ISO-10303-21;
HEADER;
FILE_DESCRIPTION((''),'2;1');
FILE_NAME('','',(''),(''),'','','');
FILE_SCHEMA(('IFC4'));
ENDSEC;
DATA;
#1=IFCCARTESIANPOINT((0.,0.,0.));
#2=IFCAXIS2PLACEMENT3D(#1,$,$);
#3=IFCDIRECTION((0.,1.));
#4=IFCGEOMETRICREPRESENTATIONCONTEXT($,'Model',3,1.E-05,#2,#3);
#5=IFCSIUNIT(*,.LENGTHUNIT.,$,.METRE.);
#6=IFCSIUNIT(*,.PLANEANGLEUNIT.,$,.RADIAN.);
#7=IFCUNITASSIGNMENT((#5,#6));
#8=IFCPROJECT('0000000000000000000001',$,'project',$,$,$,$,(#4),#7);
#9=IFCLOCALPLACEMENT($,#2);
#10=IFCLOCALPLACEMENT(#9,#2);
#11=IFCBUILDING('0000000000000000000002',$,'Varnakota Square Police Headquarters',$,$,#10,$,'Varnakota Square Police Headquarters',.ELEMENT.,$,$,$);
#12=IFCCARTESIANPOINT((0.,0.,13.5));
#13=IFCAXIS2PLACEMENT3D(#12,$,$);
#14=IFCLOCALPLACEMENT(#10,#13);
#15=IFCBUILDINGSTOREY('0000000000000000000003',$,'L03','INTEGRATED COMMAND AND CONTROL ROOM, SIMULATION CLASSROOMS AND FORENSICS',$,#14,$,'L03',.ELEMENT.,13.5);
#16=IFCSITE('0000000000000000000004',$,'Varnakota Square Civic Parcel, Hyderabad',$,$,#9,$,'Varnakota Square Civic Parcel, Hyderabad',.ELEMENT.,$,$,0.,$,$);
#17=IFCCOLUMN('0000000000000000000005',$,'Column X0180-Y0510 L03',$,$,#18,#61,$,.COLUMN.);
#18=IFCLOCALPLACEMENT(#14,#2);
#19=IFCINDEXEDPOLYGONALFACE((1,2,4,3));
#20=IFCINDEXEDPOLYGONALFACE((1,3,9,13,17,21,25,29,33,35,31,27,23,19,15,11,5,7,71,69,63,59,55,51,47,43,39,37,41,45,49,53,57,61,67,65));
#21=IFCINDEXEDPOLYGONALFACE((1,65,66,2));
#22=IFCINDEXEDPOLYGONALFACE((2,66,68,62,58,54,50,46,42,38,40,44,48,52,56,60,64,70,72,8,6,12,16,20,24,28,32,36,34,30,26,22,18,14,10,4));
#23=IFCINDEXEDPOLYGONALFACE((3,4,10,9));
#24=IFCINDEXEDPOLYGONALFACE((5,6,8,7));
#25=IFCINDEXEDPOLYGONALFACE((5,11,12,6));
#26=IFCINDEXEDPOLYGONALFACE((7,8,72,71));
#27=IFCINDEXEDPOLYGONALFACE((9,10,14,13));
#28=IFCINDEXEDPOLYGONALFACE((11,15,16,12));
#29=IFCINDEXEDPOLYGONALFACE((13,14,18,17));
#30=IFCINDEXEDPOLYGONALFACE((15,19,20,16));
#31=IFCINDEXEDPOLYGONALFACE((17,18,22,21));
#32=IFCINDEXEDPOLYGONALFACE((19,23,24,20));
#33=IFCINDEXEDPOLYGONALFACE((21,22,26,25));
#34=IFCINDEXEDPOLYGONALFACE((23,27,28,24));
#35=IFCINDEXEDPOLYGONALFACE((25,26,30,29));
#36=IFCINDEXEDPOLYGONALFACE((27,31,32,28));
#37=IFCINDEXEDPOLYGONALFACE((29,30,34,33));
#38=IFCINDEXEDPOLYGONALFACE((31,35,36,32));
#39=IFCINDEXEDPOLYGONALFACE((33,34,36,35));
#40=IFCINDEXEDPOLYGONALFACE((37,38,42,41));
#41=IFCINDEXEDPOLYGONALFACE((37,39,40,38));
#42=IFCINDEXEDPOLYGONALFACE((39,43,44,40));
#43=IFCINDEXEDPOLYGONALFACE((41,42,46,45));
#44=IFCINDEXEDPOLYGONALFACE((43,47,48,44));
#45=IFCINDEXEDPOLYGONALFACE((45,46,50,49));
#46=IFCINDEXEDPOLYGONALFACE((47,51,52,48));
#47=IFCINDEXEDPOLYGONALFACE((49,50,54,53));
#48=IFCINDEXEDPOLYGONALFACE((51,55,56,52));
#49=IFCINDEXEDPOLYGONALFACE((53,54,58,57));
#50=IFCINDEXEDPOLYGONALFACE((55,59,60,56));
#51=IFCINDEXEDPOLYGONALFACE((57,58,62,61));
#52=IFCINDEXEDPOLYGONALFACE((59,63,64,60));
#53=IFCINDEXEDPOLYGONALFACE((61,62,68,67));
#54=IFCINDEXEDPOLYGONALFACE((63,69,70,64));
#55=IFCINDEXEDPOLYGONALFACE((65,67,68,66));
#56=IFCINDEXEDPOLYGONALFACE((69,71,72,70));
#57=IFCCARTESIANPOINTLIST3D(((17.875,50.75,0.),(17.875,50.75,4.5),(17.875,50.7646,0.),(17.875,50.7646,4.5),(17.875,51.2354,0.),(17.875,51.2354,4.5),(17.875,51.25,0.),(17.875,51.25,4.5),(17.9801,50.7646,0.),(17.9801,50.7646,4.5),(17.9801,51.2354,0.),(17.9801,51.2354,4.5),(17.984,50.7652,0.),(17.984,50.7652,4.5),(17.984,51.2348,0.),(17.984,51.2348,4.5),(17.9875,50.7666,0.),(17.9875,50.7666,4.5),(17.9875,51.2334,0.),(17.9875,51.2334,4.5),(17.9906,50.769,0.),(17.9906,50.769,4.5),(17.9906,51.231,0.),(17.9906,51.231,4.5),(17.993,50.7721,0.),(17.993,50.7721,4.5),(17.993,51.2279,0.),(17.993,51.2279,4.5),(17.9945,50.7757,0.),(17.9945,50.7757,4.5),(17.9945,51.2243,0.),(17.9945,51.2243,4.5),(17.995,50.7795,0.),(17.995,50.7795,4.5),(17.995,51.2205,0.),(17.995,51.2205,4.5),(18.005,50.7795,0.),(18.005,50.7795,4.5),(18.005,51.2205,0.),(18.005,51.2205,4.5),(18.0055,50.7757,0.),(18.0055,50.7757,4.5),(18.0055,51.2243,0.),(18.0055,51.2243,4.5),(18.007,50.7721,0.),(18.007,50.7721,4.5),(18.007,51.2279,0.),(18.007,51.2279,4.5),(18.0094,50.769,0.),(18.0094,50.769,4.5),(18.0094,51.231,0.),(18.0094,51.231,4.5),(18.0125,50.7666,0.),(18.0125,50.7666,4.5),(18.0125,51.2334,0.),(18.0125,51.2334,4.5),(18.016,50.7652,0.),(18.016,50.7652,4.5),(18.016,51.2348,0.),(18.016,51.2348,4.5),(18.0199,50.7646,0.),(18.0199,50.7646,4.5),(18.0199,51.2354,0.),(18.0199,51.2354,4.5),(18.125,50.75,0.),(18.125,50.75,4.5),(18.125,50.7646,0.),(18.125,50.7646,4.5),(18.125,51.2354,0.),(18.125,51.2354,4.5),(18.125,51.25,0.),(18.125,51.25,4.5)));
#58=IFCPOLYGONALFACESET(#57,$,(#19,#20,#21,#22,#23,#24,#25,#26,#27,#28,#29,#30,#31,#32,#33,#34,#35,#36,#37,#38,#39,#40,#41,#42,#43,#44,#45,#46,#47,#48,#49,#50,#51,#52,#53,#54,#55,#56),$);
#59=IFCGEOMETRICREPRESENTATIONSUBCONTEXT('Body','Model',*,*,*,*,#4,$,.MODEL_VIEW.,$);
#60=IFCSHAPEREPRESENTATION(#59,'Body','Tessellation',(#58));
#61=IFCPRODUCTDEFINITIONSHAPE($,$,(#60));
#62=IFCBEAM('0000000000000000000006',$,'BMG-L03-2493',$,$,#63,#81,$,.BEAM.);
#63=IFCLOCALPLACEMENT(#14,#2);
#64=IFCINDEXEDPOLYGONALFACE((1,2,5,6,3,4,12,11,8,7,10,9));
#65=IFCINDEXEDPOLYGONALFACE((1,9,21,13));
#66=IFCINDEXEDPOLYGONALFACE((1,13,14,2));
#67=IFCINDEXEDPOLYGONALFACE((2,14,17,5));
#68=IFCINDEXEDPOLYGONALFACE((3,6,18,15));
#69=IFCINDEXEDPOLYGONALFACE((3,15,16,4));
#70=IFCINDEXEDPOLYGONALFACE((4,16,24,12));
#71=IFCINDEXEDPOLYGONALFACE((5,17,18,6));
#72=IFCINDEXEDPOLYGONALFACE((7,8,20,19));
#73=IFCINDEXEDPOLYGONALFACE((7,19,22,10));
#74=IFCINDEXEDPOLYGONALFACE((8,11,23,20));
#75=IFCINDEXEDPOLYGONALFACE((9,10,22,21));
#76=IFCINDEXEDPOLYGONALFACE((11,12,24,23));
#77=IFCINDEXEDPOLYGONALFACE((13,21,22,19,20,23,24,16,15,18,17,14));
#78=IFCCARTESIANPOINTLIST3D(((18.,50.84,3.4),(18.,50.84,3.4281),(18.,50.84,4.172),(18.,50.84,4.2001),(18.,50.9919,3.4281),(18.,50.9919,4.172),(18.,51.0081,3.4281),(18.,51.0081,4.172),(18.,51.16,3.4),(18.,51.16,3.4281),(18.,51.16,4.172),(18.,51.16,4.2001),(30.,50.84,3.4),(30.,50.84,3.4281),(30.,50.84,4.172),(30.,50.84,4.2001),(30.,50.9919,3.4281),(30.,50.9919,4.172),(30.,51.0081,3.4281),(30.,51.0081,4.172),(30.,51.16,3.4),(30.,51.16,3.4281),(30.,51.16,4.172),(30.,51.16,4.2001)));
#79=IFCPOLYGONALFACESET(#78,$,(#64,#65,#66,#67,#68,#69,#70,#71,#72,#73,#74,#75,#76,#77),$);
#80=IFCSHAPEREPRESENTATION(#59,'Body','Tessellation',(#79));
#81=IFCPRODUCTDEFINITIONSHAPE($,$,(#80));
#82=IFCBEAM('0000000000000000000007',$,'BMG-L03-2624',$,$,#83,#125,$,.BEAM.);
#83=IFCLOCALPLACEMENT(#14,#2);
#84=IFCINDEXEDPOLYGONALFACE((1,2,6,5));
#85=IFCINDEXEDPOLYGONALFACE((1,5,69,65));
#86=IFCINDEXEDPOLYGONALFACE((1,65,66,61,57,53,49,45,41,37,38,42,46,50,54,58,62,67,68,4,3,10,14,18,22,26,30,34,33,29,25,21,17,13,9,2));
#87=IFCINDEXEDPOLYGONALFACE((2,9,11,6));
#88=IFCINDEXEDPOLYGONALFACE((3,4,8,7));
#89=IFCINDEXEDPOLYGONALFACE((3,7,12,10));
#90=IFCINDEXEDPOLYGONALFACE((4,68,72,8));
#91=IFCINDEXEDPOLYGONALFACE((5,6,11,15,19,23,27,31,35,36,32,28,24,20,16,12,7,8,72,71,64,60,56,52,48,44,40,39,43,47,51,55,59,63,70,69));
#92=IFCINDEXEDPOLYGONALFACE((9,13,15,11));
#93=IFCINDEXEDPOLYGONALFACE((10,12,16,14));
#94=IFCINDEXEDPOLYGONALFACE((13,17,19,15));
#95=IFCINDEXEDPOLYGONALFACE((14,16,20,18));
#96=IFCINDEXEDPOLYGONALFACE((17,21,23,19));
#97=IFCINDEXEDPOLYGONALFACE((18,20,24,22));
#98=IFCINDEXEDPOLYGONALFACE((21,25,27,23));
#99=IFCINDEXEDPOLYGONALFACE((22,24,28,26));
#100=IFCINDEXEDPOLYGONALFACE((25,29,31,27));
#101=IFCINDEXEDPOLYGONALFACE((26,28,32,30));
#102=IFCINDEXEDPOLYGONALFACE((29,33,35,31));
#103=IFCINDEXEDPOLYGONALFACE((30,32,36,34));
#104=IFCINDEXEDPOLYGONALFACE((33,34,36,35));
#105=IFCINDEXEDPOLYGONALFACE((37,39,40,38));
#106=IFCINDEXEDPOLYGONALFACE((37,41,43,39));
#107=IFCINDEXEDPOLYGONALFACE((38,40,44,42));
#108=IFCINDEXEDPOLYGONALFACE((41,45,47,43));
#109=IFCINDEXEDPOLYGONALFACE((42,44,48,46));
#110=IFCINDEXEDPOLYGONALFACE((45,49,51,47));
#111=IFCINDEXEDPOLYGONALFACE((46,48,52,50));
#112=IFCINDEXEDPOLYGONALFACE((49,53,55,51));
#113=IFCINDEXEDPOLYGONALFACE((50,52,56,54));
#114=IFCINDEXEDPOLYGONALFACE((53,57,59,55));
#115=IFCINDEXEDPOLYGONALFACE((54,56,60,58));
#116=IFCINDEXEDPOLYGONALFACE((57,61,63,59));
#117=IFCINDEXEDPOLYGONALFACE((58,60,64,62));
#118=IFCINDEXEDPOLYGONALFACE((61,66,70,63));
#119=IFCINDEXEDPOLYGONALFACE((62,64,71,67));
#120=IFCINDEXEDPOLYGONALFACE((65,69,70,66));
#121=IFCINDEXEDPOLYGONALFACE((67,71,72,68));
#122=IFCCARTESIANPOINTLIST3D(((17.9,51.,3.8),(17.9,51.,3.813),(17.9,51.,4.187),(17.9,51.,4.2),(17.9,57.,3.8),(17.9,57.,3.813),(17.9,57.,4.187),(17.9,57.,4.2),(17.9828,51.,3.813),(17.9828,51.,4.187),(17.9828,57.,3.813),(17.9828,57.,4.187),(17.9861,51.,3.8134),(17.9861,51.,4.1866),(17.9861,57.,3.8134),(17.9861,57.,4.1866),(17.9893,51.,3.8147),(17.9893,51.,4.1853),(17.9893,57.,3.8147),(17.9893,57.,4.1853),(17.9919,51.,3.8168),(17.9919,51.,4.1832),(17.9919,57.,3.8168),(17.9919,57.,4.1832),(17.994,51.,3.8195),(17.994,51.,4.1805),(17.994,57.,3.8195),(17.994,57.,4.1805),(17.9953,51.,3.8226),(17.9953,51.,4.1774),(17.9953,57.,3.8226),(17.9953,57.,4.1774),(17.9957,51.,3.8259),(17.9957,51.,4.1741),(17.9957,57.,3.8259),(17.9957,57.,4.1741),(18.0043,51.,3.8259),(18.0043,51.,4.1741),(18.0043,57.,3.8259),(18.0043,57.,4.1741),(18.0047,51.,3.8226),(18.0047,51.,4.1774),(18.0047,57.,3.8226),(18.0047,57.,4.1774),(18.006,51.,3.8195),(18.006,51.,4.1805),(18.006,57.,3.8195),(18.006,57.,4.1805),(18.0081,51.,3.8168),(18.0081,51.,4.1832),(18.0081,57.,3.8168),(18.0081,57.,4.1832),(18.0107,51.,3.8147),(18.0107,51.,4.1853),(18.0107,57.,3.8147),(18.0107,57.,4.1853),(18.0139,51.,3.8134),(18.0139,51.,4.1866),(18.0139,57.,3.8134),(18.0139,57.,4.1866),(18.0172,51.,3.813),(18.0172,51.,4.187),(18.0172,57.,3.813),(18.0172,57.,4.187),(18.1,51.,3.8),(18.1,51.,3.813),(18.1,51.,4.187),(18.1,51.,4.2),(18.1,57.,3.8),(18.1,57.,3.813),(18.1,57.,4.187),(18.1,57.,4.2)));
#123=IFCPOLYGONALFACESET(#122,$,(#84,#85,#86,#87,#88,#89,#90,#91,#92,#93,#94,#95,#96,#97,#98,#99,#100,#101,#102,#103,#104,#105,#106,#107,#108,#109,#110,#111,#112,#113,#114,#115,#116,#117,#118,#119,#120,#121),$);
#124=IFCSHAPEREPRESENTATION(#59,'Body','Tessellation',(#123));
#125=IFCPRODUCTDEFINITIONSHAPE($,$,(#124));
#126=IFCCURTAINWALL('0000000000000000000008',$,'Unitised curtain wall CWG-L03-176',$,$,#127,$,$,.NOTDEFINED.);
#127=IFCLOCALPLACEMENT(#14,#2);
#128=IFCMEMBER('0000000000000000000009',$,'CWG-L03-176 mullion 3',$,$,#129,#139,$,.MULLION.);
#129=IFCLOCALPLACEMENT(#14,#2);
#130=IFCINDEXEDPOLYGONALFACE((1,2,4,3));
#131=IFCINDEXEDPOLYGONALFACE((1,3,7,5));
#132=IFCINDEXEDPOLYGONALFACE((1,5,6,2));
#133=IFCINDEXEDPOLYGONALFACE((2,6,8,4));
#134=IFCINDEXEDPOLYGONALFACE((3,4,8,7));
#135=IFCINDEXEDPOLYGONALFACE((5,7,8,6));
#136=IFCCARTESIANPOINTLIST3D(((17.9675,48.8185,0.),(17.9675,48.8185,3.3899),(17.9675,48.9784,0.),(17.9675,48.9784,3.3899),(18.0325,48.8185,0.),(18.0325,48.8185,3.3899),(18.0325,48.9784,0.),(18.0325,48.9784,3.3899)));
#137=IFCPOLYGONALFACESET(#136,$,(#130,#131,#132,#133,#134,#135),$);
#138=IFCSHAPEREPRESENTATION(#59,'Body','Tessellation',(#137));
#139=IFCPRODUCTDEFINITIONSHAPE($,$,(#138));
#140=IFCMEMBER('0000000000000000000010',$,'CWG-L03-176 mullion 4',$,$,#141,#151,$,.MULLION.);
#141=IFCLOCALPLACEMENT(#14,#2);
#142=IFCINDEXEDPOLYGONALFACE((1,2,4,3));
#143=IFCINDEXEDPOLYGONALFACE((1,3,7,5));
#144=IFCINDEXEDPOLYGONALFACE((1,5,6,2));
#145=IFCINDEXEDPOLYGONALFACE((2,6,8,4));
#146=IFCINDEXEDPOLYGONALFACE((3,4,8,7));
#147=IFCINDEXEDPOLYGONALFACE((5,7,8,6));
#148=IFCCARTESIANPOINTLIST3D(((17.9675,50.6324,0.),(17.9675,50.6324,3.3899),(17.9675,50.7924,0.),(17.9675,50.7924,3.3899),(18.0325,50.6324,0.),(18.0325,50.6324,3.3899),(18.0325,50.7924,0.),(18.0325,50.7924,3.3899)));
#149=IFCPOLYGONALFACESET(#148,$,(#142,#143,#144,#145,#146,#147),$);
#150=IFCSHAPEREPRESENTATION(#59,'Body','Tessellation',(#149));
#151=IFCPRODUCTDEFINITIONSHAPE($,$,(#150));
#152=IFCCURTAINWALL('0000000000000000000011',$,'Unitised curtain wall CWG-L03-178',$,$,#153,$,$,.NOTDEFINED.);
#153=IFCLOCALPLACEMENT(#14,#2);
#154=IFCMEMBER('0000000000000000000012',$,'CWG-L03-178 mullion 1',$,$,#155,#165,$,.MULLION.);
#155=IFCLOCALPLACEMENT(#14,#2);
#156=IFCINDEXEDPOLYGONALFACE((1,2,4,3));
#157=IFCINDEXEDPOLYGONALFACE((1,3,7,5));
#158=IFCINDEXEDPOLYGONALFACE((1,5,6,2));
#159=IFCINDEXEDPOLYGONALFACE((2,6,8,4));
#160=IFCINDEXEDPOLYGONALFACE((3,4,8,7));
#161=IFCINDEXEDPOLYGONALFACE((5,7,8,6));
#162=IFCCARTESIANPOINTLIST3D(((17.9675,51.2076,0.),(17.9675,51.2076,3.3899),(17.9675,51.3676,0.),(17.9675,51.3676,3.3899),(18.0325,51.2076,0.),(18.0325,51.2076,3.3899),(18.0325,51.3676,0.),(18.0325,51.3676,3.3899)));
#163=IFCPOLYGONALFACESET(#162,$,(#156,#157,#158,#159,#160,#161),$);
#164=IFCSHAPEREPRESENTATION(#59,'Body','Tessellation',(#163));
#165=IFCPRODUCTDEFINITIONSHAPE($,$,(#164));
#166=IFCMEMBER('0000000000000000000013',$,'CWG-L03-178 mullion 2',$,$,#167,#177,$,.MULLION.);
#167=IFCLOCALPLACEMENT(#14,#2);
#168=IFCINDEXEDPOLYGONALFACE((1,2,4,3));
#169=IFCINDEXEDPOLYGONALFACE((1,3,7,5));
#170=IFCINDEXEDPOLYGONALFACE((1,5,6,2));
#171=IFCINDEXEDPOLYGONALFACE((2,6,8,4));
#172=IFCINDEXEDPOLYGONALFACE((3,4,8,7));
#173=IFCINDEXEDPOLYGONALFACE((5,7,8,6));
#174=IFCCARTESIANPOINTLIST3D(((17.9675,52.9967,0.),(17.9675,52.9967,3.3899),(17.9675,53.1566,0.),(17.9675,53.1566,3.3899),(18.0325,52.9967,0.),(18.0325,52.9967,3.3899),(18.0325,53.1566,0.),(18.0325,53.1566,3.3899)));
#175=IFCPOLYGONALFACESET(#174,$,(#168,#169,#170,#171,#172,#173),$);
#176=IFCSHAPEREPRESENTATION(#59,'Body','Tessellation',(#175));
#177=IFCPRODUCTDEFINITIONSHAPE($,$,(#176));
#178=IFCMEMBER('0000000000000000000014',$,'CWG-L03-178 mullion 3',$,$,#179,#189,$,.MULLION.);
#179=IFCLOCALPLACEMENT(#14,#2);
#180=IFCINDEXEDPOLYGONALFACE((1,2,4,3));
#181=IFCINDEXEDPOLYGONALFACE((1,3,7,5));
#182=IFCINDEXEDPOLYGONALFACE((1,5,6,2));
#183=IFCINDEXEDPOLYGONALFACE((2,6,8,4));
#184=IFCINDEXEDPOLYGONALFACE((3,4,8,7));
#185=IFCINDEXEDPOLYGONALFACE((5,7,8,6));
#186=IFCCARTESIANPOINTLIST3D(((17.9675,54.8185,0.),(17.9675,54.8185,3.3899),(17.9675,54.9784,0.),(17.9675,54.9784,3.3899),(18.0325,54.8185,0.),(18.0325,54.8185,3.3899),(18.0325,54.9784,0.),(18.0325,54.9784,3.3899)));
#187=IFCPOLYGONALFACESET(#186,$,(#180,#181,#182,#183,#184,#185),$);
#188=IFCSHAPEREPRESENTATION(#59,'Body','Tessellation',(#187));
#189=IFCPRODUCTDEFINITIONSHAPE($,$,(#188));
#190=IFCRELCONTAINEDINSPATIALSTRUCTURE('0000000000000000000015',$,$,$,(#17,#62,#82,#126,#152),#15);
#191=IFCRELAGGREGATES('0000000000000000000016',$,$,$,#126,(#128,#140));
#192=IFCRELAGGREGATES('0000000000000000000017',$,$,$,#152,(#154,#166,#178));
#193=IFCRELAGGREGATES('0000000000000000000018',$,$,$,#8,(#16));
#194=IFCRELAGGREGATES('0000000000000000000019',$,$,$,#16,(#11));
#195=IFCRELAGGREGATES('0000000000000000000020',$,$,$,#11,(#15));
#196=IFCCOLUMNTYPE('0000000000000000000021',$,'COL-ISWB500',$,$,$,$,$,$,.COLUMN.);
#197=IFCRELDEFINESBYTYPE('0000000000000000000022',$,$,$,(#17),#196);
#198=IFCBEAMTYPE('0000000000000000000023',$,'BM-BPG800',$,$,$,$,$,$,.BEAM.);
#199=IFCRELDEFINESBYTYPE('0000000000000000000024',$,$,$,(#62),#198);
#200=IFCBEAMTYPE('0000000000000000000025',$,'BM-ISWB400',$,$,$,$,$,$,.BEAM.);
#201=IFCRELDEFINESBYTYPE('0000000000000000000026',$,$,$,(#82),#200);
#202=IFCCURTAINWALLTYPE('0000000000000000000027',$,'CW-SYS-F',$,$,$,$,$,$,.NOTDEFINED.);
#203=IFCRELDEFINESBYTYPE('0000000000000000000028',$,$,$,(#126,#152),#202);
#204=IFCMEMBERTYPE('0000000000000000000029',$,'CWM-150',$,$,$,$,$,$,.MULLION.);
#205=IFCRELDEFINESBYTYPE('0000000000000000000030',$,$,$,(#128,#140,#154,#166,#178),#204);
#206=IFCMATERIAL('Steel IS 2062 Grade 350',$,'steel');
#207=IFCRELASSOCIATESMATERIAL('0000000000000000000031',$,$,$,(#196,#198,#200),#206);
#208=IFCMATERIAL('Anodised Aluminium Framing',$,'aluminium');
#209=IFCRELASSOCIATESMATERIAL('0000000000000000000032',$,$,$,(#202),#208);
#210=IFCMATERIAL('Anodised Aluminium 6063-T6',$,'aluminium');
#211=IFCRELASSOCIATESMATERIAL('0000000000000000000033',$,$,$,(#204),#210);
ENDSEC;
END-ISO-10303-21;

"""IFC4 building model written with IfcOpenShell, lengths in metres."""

from ifc_helpers import new_model, si_unit, direction, frame, origin, origin_2d, place, context, subcontext, project, spatial, rectangle, i_section, extrude, material, material_profile, profile_set, type_object, element, aggregate, save


model = new_model("IFC4")

# Units and contexts
model_context = context("Model", 3, precision=1e-05, world=origin(), true_north=direction((0.0, 1.0)))
body_context = subcontext(model_context, "Body", "Model", "MODEL_VIEW")
ifc_project = project(units=[si_unit("LENGTHUNIT", "METRE"), si_unit("PLANEANGLEUNIT", "RADIAN")], contexts=[model_context])

# Site, building, storey
site_placement = place(None, origin())
site = spatial("IfcSite", under=ifc_project, at=site_placement, Name="Varnakota Square Civic Parcel, Hyderabad", LongName="Varnakota Square Civic Parcel, Hyderabad", CompositionType="ELEMENT", RefElevation=0.0)
building_placement = place(site_placement, origin())
building = spatial("IfcBuilding", under=site, at=building_placement, Name="Varnakota Square Police Headquarters", LongName="Varnakota Square Police Headquarters", CompositionType="ELEMENT")
storey_placement = place(building_placement, frame((0.0, 0.0, 13.5)))
storey = spatial("IfcBuildingStorey", under=building, at=storey_placement, Name="L03", Description="INTEGRATED COMMAND AND CONTROL ROOM, SIMULATION CLASSROOMS AND FORENSICS", LongName="L03", CompositionType="ELEMENT", Elevation=13.5)

# Column
ifc_material_1 = material(Name="Steel IS 2062 Grade 350", Category="steel")
ifc_material_profile_1 = material_profile(ifc_material_1, i_section(OverallWidth=0.25, OverallDepth=0.5, WebThickness=0.01, FlangeThickness=0.0146, FilletRadius=0.0149, at=origin_2d()), Name="ISWB 500")
ifc_profile_set_1 = profile_set([ifc_material_profile_1], Name="Steel IS 2062 Grade 350")
column_type = type_object("IfcColumnType", Name="COL-ISWB500", PredefinedType="COLUMN", material=ifc_profile_set_1)
column_placement = place(storey_placement, frame((18.0, 51.0, 0.0), z_axis=(0.0, 0.0, 1.0), x_axis=(1.0, 0.0, 0.0)))
element("IfcColumn", 1, at=column_placement, inside=storey, type_object=column_type, Name="Column X0180-Y0510 L03", PredefinedType="COLUMN", context=body_context, shape_type="SweptSolid", body=[
    extrude(i_section(OverallWidth=0.25, OverallDepth=0.5, WebThickness=0.01, FlangeThickness=0.0146, FilletRadius=0.0149, at=origin_2d()), origin(), (0.0, 0.0, 1.0), 4.5),
])

# Beams
ifc_material_profile_2 = material_profile(ifc_material_1, i_section(OverallWidth=0.3201, OverallDepth=0.8, WebThickness=0.0161, FlangeThickness=0.0281, at=origin_2d()), Name="BPG 800x320")
ifc_profile_set_2 = profile_set([ifc_material_profile_2], Name="Steel IS 2062 Grade 350")
beam_type_1 = type_object("IfcBeamType", Name="BM-BPG800", PredefinedType="BEAM", material=ifc_profile_set_2)
beam_1_placement = place(storey_placement, frame((18.0, 51.0, 3.8), z_axis=(1.0, 0.0, 0.0), x_axis=(0.0, 1.0, 0.0)))
element("IfcBeam", 2, at=beam_1_placement, inside=storey, type_object=beam_type_1, Name="BMG-L03-2493", PredefinedType="BEAM", context=body_context, shape_type="SweptSolid", body=[
    extrude(i_section(OverallWidth=0.3201, OverallDepth=0.8, WebThickness=0.0161, FlangeThickness=0.0281, at=origin_2d()), origin(), (0.0, 0.0, 1.0), 12.0),
])
ifc_material_profile_3 = material_profile(ifc_material_1, i_section(OverallWidth=0.2, OverallDepth=0.3999, WebThickness=0.0085, FlangeThickness=0.0129, FilletRadius=0.0129, at=origin_2d()), Name="ISWB 400")
ifc_profile_set_3 = profile_set([ifc_material_profile_3], Name="Steel IS 2062 Grade 350")
beam_type_2 = type_object("IfcBeamType", Name="BM-ISWB400", PredefinedType="BEAM", material=ifc_profile_set_3)
beam_2_placement = place(storey_placement, frame((18.0, 51.0, 4.0), z_axis=(0.0, 1.0, 0.0), x_axis=(-1.0, 0.0, 0.0)))
element("IfcBeam", 3, at=beam_2_placement, inside=storey, type_object=beam_type_2, Name="BMG-L03-2624", PredefinedType="BEAM", context=body_context, shape_type="SweptSolid", body=[
    extrude(i_section(OverallWidth=0.2, OverallDepth=0.3999, WebThickness=0.0085, FlangeThickness=0.0129, FilletRadius=0.0129, at=origin_2d()), origin(), (0.0, 0.0, 1.0), 6.0),
])

# Curtain walls, members
ifc_material_2 = material(Name="Anodised Aluminium Framing", Category="aluminium")
curtain_wall_type = type_object("IfcCurtainWallType", Name="CW-SYS-F", PredefinedType="NOTDEFINED", material=ifc_material_2)
curtain_wall_1_placement = place(storey_placement, origin())
curtain_wall_1 = element("IfcCurtainWall", 4, at=curtain_wall_1_placement, inside=storey, type_object=curtain_wall_type, Name="Unitised curtain wall CWG-L03-176", PredefinedType="NOTDEFINED")
ifc_material_3 = material(Name="Anodised Aluminium 6063-T6", Category="aluminium")
ifc_material_profile_4 = material_profile(ifc_material_3, rectangle(XDim=0.0649, YDim=0.1599, at=origin_2d()), Name="ALU MULLION 65x160")
ifc_profile_set_4 = profile_set([ifc_material_profile_4], Name="Anodised Aluminium 6063-T6")
member_type_1 = type_object("IfcMemberType", Name="CWM-150", PredefinedType="MULLION", material=ifc_profile_set_4)
member_1_placement = place(storey_placement, frame((18.0, 48.8984, 0.0), z_axis=(0.0, 0.0, 1.0), x_axis=(-1.0, 0.0, 0.0)))
member_1 = element("IfcMember", 5, at=member_1_placement, type_object=member_type_1, Name="CWG-L03-176 mullion 3", PredefinedType="MULLION", context=body_context, shape_type="SweptSolid", body=[
    extrude(rectangle(XDim=0.0649, YDim=0.1599, at=origin_2d()), origin(), (0.0, 0.0, 1.0), 3.3899),
])
member_2_placement = place(storey_placement, frame((18.0, 50.7124, 0.0), z_axis=(0.0, 0.0, 1.0), x_axis=(-1.0, 0.0, 0.0)))
member_2 = element("IfcMember", 6, at=member_2_placement, type_object=member_type_1, Name="CWG-L03-176 mullion 4", PredefinedType="MULLION", context=body_context, shape_type="SweptSolid", body=[
    extrude(rectangle(XDim=0.0649, YDim=0.1599, at=origin_2d()), origin(), (0.0, 0.0, 1.0), 3.3899),
])
curtain_wall_2_placement = place(storey_placement, origin())
curtain_wall_2 = element("IfcCurtainWall", 7, at=curtain_wall_2_placement, inside=storey, type_object=curtain_wall_type, Name="Unitised curtain wall CWG-L03-178", PredefinedType="NOTDEFINED")
member_3_placement = place(storey_placement, frame((18.0, 51.2876, 0.0), z_axis=(0.0, 0.0, 1.0), x_axis=(-1.0, 0.0, 0.0)))
member_3 = element("IfcMember", 8, at=member_3_placement, type_object=member_type_1, Name="CWG-L03-178 mullion 1", PredefinedType="MULLION", context=body_context, shape_type="SweptSolid", body=[
    extrude(rectangle(XDim=0.0649, YDim=0.1599, at=origin_2d()), origin(), (0.0, 0.0, 1.0), 3.3899),
])
member_4_placement = place(storey_placement, frame((18.0, 53.0767, 0.0), z_axis=(0.0, 0.0, 1.0), x_axis=(-1.0, 0.0, 0.0)))
member_4 = element("IfcMember", 9, at=member_4_placement, type_object=member_type_1, Name="CWG-L03-178 mullion 2", PredefinedType="MULLION", context=body_context, shape_type="SweptSolid", body=[
    extrude(rectangle(XDim=0.0649, YDim=0.1599, at=origin_2d()), origin(), (0.0, 0.0, 1.0), 3.3899),
])
member_5_placement = place(storey_placement, frame((18.0, 54.8984, 0.0), z_axis=(0.0, 0.0, 1.0), x_axis=(-1.0, 0.0, 0.0)))
member_5 = element("IfcMember", 10, at=member_5_placement, type_object=member_type_1, Name="CWG-L03-178 mullion 3", PredefinedType="MULLION", context=body_context, shape_type="SweptSolid", body=[
    extrude(rectangle(XDim=0.0649, YDim=0.1599, at=origin_2d()), origin(), (0.0, 0.0, 1.0), 3.3899),
])

aggregate(curtain_wall_1, [member_1, member_2])
aggregate(curtain_wall_2, [member_3, member_4, member_5])

save(model, "model.ifc")
